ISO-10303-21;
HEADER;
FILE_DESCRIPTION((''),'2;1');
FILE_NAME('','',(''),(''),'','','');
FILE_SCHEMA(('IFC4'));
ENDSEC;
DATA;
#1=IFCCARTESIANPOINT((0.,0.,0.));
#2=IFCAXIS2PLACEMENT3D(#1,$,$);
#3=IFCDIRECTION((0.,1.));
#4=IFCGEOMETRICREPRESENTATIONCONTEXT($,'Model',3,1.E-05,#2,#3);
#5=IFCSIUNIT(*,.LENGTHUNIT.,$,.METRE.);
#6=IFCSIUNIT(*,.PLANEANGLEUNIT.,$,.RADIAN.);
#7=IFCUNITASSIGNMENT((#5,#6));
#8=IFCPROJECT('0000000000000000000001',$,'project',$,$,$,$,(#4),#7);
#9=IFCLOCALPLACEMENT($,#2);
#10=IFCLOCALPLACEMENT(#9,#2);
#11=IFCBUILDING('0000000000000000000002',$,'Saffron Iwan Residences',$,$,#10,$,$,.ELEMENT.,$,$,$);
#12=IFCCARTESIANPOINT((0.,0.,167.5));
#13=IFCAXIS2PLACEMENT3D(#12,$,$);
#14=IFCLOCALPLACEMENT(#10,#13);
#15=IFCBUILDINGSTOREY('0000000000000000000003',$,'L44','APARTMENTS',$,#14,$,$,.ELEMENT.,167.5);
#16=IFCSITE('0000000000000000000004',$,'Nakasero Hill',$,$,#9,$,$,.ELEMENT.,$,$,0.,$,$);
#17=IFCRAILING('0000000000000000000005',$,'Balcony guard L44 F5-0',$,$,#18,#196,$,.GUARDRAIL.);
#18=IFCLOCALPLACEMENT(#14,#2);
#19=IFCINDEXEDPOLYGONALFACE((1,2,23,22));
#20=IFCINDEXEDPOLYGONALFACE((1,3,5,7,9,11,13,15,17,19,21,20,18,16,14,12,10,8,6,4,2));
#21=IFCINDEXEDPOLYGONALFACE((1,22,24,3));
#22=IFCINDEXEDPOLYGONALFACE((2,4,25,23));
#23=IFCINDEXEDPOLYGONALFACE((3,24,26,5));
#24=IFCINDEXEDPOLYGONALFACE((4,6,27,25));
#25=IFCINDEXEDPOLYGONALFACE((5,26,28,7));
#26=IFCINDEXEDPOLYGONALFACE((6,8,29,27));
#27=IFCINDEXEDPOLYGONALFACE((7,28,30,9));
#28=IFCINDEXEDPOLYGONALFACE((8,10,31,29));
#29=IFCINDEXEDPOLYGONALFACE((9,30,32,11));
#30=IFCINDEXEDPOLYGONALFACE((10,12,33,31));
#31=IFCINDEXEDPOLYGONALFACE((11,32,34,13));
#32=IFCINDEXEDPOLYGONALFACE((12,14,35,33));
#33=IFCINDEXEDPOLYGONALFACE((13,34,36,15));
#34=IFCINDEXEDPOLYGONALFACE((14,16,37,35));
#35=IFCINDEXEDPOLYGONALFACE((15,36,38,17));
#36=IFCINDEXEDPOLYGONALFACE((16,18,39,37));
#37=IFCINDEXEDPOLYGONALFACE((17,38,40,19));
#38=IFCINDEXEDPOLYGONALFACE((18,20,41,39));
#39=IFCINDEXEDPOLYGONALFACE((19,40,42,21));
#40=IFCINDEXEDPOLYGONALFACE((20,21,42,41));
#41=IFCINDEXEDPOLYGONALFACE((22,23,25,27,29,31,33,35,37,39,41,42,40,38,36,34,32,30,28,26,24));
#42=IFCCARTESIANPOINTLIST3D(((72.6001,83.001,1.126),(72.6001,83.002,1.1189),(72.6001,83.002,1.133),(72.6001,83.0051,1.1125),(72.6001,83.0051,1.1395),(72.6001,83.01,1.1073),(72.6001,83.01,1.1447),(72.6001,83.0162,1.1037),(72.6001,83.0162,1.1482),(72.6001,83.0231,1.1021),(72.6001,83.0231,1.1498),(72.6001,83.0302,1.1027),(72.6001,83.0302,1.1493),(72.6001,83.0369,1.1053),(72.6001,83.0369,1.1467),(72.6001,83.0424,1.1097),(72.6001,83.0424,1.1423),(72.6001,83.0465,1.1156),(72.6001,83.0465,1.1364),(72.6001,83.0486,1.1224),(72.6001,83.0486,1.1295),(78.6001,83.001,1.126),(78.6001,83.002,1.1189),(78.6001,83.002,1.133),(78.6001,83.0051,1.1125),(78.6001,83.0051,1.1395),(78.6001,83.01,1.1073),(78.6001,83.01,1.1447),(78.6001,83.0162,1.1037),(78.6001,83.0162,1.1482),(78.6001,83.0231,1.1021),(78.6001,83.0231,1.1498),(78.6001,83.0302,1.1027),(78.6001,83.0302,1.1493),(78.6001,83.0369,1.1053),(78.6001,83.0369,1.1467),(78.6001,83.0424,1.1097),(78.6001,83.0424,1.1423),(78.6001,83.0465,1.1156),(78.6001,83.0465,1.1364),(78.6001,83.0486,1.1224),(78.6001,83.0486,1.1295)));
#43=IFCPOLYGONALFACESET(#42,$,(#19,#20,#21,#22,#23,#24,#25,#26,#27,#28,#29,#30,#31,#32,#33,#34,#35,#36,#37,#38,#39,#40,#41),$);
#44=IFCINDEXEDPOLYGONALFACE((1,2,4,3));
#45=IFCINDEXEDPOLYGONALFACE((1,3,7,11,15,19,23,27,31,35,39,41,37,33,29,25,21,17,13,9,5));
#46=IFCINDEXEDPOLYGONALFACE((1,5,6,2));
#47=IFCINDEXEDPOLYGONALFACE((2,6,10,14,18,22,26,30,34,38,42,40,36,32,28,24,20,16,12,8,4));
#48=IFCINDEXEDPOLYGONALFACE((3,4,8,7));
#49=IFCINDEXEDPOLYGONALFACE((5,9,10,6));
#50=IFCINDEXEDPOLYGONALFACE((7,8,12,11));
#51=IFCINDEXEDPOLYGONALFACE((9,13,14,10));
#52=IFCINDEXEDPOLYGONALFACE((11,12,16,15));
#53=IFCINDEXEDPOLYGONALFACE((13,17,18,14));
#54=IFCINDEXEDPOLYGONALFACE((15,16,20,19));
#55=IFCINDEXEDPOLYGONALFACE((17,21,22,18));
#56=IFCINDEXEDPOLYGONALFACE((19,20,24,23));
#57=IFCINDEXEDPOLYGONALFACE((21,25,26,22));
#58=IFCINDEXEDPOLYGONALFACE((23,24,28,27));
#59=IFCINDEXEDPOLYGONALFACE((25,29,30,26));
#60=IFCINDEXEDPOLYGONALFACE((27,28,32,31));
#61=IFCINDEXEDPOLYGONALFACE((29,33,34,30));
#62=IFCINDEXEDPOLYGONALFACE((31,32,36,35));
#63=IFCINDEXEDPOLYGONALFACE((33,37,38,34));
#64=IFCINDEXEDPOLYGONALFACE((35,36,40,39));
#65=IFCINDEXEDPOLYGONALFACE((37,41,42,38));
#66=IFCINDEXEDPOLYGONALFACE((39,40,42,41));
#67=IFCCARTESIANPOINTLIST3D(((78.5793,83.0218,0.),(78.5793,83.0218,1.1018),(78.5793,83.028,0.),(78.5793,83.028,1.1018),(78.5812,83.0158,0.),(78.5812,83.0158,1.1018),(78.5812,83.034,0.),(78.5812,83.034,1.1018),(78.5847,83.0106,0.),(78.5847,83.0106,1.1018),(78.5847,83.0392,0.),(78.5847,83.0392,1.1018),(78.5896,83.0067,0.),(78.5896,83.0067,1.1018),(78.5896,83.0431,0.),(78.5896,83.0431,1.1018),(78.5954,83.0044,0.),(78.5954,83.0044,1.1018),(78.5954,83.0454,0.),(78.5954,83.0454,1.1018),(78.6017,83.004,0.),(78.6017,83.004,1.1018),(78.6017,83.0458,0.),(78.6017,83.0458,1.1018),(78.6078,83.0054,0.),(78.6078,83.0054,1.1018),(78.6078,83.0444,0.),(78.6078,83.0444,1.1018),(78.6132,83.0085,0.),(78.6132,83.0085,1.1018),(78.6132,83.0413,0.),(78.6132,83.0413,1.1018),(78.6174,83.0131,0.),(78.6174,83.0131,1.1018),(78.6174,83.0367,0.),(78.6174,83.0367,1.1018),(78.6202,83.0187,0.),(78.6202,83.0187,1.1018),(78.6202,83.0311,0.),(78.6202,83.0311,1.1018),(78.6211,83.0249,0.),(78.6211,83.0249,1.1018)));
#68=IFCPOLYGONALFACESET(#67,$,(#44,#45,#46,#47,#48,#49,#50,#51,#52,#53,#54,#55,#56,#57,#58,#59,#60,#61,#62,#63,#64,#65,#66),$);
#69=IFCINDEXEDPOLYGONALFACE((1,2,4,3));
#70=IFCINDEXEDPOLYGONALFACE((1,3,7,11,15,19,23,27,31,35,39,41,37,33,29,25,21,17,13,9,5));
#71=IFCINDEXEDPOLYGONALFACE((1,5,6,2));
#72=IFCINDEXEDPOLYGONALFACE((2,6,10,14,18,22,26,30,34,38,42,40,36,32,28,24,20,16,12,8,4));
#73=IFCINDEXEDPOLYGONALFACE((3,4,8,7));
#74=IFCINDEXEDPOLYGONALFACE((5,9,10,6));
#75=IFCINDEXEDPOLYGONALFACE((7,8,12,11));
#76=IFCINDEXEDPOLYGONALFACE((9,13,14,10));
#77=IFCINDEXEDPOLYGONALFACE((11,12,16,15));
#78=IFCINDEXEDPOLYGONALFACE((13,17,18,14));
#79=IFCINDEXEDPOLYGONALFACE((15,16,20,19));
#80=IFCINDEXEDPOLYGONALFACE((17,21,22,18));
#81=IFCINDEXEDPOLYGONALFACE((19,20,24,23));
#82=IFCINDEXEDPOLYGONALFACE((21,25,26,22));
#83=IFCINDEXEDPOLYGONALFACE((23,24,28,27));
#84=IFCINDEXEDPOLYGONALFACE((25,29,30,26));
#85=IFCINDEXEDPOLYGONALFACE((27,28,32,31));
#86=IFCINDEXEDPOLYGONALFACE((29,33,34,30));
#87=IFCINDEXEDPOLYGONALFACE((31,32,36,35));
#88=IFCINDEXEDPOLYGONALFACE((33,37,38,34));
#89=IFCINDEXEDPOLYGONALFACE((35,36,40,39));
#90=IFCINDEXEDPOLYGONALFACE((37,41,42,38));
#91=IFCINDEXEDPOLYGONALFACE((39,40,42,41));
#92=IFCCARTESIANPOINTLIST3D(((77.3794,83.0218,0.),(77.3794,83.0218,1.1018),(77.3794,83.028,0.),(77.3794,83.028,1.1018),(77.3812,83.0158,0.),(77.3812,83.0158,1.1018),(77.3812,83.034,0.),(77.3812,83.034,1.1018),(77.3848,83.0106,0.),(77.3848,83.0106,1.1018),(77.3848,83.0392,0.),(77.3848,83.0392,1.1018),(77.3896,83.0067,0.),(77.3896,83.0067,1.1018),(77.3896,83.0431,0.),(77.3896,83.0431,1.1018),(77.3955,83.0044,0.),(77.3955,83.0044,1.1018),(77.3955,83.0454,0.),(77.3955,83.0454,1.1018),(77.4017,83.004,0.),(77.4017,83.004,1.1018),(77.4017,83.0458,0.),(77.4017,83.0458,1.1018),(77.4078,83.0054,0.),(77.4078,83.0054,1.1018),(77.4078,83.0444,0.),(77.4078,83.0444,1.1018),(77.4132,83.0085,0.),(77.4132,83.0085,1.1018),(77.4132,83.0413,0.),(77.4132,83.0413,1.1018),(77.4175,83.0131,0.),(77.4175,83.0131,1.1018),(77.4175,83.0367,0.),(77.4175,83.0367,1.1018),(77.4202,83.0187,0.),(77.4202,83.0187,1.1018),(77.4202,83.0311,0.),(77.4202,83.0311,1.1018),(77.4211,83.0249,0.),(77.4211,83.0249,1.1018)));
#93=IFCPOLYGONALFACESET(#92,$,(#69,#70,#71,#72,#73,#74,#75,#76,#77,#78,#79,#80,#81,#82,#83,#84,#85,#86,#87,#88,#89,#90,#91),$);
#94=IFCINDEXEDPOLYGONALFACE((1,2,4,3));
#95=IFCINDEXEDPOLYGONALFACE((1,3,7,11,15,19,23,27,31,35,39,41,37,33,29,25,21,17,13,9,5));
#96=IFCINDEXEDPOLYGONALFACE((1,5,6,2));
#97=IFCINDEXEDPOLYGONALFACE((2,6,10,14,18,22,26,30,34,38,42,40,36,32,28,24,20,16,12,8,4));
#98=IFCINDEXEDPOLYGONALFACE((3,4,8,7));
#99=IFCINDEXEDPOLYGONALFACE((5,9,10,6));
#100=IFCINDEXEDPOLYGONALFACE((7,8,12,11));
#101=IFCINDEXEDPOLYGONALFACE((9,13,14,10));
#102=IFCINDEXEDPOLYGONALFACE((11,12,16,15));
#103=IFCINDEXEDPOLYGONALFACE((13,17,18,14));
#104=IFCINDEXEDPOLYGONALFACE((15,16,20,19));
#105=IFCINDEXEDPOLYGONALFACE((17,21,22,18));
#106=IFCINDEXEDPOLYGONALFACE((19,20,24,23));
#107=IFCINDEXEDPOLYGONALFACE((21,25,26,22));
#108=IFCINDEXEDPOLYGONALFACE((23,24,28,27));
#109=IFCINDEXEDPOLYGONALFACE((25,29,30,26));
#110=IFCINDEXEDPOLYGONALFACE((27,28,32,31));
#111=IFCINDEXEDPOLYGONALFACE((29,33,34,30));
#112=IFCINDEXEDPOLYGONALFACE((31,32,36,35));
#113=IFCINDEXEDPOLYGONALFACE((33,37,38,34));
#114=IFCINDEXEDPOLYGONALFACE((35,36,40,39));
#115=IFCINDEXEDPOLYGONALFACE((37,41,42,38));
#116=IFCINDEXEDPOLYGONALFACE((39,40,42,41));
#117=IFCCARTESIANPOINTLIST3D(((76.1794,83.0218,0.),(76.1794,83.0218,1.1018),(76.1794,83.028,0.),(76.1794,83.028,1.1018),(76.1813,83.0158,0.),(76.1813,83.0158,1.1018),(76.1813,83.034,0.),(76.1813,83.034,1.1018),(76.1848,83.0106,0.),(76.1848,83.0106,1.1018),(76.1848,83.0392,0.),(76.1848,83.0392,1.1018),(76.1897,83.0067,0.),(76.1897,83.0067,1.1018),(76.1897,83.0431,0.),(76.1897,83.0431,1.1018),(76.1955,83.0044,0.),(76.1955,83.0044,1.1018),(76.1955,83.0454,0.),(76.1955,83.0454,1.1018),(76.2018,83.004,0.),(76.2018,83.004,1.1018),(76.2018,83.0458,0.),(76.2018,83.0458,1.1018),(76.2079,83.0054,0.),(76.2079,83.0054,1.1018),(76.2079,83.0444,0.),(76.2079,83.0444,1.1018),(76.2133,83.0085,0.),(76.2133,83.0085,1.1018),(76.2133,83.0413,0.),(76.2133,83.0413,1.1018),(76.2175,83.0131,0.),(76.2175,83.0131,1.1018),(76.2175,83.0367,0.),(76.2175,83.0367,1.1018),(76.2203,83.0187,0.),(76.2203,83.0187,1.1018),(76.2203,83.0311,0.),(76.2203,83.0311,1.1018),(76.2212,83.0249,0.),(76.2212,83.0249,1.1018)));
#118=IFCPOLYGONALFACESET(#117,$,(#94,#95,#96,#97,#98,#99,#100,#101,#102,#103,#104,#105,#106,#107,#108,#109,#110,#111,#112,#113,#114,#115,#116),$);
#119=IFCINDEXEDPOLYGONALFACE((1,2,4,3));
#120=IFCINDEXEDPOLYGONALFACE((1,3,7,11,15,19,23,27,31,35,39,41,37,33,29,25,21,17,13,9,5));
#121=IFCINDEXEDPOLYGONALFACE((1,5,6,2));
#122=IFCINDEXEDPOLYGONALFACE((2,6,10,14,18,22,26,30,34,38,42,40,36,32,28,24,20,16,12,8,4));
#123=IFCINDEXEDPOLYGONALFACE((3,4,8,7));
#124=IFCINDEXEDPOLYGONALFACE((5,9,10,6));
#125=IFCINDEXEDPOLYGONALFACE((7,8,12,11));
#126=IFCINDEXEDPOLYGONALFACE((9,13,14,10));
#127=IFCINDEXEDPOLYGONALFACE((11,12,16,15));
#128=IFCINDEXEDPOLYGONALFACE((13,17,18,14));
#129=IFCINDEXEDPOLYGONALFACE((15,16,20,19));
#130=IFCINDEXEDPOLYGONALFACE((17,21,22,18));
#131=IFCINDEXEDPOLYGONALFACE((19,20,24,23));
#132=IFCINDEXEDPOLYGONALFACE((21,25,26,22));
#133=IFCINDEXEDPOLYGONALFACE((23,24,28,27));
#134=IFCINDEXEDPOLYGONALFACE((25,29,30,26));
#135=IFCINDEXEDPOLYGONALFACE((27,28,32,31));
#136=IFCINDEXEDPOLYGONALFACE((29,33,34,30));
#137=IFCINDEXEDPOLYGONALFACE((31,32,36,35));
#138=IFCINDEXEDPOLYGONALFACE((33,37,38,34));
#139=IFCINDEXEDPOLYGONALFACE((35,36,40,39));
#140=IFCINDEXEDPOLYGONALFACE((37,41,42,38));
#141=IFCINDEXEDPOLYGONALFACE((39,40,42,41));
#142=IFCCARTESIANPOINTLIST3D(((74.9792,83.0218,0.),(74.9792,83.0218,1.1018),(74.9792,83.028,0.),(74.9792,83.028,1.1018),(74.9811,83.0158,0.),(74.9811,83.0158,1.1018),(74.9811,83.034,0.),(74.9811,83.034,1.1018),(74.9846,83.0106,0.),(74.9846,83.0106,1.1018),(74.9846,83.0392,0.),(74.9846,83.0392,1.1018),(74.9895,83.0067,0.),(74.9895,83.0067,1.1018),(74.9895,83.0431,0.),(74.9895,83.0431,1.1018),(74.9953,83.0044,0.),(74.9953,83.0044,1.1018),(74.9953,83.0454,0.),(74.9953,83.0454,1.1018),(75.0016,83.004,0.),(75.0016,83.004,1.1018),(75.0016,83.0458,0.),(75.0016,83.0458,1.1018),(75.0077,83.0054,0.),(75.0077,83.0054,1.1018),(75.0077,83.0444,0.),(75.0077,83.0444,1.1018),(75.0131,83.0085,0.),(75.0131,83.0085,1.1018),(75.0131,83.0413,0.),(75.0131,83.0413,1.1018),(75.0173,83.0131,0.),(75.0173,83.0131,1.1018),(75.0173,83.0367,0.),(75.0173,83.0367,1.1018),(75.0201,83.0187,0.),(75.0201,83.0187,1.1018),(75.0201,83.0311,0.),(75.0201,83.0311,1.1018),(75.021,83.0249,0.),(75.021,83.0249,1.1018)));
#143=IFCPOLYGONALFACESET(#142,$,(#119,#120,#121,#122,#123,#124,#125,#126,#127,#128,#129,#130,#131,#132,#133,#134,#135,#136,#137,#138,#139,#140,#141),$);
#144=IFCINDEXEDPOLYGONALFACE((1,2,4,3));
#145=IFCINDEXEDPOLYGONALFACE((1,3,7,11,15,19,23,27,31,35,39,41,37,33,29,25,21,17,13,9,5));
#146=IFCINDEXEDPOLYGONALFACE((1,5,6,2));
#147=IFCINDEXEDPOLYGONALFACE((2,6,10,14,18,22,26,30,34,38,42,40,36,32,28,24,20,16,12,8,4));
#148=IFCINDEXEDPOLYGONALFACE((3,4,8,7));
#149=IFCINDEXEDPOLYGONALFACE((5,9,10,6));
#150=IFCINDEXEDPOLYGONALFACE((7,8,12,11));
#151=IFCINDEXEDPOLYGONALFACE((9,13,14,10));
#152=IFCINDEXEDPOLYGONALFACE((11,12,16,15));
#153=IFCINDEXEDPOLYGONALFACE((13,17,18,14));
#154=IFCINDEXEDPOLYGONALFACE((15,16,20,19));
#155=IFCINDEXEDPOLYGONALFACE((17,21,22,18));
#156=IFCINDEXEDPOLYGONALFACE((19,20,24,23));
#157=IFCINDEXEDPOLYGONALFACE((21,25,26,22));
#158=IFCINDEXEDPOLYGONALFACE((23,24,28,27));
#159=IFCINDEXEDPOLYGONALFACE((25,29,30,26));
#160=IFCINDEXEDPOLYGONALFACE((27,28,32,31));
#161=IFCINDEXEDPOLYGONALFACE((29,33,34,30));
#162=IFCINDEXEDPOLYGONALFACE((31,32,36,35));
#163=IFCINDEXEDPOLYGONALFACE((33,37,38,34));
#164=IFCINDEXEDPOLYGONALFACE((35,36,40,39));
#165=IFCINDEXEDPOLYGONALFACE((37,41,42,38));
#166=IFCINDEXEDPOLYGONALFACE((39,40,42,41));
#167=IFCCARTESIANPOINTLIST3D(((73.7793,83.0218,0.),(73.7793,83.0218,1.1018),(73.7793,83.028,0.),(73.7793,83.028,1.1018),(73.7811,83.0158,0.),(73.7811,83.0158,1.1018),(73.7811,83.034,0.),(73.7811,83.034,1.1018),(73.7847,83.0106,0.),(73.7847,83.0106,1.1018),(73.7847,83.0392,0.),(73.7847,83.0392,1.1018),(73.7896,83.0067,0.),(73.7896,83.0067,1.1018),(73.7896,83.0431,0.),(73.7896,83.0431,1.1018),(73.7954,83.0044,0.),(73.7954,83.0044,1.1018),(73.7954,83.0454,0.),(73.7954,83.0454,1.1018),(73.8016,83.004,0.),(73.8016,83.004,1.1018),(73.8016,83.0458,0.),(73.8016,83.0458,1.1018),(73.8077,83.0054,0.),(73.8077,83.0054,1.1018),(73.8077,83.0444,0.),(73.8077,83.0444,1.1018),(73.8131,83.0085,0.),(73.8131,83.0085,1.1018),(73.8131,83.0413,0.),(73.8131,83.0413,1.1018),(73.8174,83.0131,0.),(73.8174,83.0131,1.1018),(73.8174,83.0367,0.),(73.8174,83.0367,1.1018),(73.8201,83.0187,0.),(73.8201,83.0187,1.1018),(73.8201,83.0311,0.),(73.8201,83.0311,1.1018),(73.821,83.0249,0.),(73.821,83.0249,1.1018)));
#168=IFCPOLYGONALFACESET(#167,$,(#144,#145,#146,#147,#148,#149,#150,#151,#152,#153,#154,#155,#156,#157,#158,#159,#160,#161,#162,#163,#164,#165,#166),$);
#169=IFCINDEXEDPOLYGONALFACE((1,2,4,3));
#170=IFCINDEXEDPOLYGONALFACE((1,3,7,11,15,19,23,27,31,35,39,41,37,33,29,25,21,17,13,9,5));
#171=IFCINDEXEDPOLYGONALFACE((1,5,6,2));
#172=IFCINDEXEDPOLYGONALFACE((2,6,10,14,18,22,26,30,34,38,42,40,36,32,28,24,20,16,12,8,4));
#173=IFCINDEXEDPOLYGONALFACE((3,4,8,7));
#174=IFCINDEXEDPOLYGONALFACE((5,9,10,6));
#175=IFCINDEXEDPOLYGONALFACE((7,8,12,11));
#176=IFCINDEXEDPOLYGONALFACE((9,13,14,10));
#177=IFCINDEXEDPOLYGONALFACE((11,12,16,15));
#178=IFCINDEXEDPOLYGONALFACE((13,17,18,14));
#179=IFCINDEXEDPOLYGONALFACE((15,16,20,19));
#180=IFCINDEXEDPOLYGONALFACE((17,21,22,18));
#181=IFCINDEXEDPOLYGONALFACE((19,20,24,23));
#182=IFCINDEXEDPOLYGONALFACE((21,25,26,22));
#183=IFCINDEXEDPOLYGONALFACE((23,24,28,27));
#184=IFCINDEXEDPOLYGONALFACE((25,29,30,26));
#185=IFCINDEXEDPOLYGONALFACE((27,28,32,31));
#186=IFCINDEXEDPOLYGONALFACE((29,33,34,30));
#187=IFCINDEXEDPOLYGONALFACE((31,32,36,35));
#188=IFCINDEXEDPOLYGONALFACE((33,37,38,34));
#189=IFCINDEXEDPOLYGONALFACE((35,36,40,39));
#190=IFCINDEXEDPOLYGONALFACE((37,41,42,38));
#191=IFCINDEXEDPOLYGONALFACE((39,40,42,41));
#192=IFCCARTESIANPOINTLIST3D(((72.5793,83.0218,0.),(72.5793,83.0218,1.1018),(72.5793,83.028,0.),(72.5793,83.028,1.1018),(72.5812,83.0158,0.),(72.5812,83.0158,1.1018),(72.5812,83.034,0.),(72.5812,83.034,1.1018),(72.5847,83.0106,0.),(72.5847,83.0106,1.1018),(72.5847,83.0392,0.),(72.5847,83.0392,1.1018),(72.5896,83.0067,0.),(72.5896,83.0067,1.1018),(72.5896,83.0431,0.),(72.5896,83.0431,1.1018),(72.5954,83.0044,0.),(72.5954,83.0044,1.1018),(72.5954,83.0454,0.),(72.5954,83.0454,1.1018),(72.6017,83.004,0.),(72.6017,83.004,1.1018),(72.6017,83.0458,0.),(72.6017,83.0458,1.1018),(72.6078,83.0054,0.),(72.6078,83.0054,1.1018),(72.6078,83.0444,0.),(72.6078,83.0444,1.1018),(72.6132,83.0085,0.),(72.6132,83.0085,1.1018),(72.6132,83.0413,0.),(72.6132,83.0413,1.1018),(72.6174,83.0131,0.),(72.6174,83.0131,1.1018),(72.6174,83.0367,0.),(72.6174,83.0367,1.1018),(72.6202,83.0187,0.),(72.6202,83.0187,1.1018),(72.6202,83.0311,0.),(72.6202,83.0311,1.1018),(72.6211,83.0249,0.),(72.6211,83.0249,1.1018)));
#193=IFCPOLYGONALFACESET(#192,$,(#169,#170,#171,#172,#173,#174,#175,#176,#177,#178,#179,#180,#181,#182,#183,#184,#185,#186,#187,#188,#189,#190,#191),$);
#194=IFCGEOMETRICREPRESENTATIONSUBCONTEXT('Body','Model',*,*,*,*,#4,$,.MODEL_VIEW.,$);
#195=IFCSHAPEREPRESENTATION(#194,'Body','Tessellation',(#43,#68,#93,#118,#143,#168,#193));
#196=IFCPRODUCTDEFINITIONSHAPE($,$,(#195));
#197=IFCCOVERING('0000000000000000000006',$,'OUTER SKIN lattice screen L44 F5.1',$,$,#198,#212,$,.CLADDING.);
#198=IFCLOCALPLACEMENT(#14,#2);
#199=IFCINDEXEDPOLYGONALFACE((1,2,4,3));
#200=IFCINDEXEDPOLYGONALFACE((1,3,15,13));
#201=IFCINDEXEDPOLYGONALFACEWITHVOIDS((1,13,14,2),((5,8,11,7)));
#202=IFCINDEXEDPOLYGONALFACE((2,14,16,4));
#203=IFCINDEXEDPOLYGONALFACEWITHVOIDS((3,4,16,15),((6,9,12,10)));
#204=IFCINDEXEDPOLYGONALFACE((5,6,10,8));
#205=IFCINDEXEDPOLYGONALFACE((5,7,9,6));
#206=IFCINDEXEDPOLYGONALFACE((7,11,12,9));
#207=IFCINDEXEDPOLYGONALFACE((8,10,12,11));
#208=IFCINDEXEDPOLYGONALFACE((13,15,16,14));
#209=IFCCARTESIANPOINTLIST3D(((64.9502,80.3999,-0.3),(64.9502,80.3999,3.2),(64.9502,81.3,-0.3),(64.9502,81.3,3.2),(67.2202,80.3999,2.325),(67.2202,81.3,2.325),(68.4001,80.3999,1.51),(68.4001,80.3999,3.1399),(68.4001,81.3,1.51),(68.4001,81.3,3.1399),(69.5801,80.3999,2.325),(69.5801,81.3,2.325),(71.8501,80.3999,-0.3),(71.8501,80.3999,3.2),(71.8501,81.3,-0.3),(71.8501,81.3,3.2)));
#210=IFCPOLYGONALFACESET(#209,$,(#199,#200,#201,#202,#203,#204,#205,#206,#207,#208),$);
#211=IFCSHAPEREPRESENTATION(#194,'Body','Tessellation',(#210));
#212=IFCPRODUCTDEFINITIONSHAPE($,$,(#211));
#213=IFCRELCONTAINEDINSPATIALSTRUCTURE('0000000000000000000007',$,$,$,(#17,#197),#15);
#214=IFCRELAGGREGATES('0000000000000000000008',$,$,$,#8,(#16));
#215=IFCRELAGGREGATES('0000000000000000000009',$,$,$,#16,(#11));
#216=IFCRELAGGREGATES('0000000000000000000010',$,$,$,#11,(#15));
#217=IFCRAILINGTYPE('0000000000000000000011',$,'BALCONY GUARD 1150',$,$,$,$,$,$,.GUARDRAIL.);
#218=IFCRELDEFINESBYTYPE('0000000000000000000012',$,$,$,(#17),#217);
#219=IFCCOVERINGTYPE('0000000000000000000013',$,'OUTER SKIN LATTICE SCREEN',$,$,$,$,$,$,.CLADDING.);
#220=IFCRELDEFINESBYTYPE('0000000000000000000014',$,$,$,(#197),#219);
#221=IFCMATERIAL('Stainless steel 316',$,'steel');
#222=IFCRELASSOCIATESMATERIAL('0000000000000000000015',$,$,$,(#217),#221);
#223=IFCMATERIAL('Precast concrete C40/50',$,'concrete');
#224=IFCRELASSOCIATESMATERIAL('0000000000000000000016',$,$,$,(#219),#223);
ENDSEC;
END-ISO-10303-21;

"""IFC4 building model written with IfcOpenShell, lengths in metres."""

from ifc_helpers import new_model, si_unit, direction, frame, origin, origin_2d, place, context, subcontext, project, spatial, polyline, circle, outline, extrude, material, type_object, element, save


model = new_model("IFC4")

# Units and contexts
model_context = context("Model", 3, precision=1e-05, world=origin(), true_north=direction((0.0, 1.0)))
body_context = subcontext(model_context, "Body", "Model", "MODEL_VIEW")
ifc_project = project(units=[si_unit("LENGTHUNIT", "METRE"), si_unit("PLANEANGLEUNIT", "RADIAN")], contexts=[model_context])

# Site, building, storey
site_placement = place(None, origin())
site = spatial("IfcSite", under=ifc_project, at=site_placement, Name="Nakasero Hill", CompositionType="ELEMENT", RefElevation=0.0)
building_placement = place(site_placement, origin())
building = spatial("IfcBuilding", under=site, at=building_placement, Name="Saffron Iwan Residences", CompositionType="ELEMENT")
storey_placement = place(building_placement, frame((0.0, 0.0, 167.5)))
storey = spatial("IfcBuildingStorey", under=building, at=storey_placement, Name="L44", Description="APARTMENTS", CompositionType="ELEMENT", Elevation=167.5)

# Railing
ifc_material_1 = material(Name="Stainless steel 316", Category="steel")
railing_type = type_object("IfcRailingType", Name="BALCONY GUARD 1150", PredefinedType="GUARDRAIL", material=ifc_material_1)
railing_placement = place(storey_placement, frame((78.6001, 83.0249, 0.0)))
element("IfcRailing", 1, at=railing_placement, inside=storey, type_object=railing_type, Name="Balcony guard L44 F5-0", PredefinedType="GUARDRAIL", context=body_context, shape_type="SweptSolid", body=[
    extrude(circle(Radius=0.0239, at=origin_2d()), frame((0.0, 0.0, 1.126), z_axis=(-1.0, 0.0, 0.0), x_axis=(0.0, -1.0, 0.0)), (0.0, 0.0, 1.0), 6.0),
    extrude(circle(Radius=0.021, at=origin_2d()), origin(), (0.0, 0.0, 1.0), 1.1018),
    extrude(circle(Radius=0.021, at=origin_2d()), frame((-1.2, 0.0, 0.0)), (0.0, 0.0, 1.0), 1.1018),
    extrude(circle(Radius=0.021, at=origin_2d()), frame((-2.3999, 0.0, 0.0)), (0.0, 0.0, 1.0), 1.1018),
    extrude(circle(Radius=0.021, at=origin_2d()), frame((-3.6001, 0.0, 0.0)), (0.0, 0.0, 1.0), 1.1018),
    extrude(circle(Radius=0.021, at=origin_2d()), frame((-4.8, 0.0, 0.0)), (0.0, 0.0, 1.0), 1.1018),
    extrude(circle(Radius=0.021, at=origin_2d()), frame((-6.0, 0.0, 0.0)), (0.0, 0.0, 1.0), 1.1018),
])

# Covering
ifc_material_2 = material(Name="Precast concrete C40/50", Category="concrete")
covering_type = type_object("IfcCoveringType", Name="OUTER SKIN LATTICE SCREEN", PredefinedType="CLADDING", material=ifc_material_2)
covering_placement = place(storey_placement, frame((71.8501, 80.3999, -0.3), z_axis=(0.0, 1.0, 0.0), x_axis=(-1.0, 0.0, 0.0)))
element("IfcCovering", 2, at=covering_placement, inside=storey, type_object=covering_type, Name="OUTER SKIN lattice screen L44 F5.1", PredefinedType="CLADDING", context=body_context, shape_type="SweptSolid", body=[
    extrude(outline(polyline([(0.0, 0.0), (6.8999, 0.0), (6.8999, 3.5), (0.0, 3.5), (0.0, 0.0)]), holes=[polyline([(2.27, 2.625), (3.45, 1.8101), (4.6299, 2.625), (3.45, 3.4399), (2.27, 2.625)])]), origin(), (0.0, 0.0, 1.0), 0.9001),
])

save(model, "model.ifc")
